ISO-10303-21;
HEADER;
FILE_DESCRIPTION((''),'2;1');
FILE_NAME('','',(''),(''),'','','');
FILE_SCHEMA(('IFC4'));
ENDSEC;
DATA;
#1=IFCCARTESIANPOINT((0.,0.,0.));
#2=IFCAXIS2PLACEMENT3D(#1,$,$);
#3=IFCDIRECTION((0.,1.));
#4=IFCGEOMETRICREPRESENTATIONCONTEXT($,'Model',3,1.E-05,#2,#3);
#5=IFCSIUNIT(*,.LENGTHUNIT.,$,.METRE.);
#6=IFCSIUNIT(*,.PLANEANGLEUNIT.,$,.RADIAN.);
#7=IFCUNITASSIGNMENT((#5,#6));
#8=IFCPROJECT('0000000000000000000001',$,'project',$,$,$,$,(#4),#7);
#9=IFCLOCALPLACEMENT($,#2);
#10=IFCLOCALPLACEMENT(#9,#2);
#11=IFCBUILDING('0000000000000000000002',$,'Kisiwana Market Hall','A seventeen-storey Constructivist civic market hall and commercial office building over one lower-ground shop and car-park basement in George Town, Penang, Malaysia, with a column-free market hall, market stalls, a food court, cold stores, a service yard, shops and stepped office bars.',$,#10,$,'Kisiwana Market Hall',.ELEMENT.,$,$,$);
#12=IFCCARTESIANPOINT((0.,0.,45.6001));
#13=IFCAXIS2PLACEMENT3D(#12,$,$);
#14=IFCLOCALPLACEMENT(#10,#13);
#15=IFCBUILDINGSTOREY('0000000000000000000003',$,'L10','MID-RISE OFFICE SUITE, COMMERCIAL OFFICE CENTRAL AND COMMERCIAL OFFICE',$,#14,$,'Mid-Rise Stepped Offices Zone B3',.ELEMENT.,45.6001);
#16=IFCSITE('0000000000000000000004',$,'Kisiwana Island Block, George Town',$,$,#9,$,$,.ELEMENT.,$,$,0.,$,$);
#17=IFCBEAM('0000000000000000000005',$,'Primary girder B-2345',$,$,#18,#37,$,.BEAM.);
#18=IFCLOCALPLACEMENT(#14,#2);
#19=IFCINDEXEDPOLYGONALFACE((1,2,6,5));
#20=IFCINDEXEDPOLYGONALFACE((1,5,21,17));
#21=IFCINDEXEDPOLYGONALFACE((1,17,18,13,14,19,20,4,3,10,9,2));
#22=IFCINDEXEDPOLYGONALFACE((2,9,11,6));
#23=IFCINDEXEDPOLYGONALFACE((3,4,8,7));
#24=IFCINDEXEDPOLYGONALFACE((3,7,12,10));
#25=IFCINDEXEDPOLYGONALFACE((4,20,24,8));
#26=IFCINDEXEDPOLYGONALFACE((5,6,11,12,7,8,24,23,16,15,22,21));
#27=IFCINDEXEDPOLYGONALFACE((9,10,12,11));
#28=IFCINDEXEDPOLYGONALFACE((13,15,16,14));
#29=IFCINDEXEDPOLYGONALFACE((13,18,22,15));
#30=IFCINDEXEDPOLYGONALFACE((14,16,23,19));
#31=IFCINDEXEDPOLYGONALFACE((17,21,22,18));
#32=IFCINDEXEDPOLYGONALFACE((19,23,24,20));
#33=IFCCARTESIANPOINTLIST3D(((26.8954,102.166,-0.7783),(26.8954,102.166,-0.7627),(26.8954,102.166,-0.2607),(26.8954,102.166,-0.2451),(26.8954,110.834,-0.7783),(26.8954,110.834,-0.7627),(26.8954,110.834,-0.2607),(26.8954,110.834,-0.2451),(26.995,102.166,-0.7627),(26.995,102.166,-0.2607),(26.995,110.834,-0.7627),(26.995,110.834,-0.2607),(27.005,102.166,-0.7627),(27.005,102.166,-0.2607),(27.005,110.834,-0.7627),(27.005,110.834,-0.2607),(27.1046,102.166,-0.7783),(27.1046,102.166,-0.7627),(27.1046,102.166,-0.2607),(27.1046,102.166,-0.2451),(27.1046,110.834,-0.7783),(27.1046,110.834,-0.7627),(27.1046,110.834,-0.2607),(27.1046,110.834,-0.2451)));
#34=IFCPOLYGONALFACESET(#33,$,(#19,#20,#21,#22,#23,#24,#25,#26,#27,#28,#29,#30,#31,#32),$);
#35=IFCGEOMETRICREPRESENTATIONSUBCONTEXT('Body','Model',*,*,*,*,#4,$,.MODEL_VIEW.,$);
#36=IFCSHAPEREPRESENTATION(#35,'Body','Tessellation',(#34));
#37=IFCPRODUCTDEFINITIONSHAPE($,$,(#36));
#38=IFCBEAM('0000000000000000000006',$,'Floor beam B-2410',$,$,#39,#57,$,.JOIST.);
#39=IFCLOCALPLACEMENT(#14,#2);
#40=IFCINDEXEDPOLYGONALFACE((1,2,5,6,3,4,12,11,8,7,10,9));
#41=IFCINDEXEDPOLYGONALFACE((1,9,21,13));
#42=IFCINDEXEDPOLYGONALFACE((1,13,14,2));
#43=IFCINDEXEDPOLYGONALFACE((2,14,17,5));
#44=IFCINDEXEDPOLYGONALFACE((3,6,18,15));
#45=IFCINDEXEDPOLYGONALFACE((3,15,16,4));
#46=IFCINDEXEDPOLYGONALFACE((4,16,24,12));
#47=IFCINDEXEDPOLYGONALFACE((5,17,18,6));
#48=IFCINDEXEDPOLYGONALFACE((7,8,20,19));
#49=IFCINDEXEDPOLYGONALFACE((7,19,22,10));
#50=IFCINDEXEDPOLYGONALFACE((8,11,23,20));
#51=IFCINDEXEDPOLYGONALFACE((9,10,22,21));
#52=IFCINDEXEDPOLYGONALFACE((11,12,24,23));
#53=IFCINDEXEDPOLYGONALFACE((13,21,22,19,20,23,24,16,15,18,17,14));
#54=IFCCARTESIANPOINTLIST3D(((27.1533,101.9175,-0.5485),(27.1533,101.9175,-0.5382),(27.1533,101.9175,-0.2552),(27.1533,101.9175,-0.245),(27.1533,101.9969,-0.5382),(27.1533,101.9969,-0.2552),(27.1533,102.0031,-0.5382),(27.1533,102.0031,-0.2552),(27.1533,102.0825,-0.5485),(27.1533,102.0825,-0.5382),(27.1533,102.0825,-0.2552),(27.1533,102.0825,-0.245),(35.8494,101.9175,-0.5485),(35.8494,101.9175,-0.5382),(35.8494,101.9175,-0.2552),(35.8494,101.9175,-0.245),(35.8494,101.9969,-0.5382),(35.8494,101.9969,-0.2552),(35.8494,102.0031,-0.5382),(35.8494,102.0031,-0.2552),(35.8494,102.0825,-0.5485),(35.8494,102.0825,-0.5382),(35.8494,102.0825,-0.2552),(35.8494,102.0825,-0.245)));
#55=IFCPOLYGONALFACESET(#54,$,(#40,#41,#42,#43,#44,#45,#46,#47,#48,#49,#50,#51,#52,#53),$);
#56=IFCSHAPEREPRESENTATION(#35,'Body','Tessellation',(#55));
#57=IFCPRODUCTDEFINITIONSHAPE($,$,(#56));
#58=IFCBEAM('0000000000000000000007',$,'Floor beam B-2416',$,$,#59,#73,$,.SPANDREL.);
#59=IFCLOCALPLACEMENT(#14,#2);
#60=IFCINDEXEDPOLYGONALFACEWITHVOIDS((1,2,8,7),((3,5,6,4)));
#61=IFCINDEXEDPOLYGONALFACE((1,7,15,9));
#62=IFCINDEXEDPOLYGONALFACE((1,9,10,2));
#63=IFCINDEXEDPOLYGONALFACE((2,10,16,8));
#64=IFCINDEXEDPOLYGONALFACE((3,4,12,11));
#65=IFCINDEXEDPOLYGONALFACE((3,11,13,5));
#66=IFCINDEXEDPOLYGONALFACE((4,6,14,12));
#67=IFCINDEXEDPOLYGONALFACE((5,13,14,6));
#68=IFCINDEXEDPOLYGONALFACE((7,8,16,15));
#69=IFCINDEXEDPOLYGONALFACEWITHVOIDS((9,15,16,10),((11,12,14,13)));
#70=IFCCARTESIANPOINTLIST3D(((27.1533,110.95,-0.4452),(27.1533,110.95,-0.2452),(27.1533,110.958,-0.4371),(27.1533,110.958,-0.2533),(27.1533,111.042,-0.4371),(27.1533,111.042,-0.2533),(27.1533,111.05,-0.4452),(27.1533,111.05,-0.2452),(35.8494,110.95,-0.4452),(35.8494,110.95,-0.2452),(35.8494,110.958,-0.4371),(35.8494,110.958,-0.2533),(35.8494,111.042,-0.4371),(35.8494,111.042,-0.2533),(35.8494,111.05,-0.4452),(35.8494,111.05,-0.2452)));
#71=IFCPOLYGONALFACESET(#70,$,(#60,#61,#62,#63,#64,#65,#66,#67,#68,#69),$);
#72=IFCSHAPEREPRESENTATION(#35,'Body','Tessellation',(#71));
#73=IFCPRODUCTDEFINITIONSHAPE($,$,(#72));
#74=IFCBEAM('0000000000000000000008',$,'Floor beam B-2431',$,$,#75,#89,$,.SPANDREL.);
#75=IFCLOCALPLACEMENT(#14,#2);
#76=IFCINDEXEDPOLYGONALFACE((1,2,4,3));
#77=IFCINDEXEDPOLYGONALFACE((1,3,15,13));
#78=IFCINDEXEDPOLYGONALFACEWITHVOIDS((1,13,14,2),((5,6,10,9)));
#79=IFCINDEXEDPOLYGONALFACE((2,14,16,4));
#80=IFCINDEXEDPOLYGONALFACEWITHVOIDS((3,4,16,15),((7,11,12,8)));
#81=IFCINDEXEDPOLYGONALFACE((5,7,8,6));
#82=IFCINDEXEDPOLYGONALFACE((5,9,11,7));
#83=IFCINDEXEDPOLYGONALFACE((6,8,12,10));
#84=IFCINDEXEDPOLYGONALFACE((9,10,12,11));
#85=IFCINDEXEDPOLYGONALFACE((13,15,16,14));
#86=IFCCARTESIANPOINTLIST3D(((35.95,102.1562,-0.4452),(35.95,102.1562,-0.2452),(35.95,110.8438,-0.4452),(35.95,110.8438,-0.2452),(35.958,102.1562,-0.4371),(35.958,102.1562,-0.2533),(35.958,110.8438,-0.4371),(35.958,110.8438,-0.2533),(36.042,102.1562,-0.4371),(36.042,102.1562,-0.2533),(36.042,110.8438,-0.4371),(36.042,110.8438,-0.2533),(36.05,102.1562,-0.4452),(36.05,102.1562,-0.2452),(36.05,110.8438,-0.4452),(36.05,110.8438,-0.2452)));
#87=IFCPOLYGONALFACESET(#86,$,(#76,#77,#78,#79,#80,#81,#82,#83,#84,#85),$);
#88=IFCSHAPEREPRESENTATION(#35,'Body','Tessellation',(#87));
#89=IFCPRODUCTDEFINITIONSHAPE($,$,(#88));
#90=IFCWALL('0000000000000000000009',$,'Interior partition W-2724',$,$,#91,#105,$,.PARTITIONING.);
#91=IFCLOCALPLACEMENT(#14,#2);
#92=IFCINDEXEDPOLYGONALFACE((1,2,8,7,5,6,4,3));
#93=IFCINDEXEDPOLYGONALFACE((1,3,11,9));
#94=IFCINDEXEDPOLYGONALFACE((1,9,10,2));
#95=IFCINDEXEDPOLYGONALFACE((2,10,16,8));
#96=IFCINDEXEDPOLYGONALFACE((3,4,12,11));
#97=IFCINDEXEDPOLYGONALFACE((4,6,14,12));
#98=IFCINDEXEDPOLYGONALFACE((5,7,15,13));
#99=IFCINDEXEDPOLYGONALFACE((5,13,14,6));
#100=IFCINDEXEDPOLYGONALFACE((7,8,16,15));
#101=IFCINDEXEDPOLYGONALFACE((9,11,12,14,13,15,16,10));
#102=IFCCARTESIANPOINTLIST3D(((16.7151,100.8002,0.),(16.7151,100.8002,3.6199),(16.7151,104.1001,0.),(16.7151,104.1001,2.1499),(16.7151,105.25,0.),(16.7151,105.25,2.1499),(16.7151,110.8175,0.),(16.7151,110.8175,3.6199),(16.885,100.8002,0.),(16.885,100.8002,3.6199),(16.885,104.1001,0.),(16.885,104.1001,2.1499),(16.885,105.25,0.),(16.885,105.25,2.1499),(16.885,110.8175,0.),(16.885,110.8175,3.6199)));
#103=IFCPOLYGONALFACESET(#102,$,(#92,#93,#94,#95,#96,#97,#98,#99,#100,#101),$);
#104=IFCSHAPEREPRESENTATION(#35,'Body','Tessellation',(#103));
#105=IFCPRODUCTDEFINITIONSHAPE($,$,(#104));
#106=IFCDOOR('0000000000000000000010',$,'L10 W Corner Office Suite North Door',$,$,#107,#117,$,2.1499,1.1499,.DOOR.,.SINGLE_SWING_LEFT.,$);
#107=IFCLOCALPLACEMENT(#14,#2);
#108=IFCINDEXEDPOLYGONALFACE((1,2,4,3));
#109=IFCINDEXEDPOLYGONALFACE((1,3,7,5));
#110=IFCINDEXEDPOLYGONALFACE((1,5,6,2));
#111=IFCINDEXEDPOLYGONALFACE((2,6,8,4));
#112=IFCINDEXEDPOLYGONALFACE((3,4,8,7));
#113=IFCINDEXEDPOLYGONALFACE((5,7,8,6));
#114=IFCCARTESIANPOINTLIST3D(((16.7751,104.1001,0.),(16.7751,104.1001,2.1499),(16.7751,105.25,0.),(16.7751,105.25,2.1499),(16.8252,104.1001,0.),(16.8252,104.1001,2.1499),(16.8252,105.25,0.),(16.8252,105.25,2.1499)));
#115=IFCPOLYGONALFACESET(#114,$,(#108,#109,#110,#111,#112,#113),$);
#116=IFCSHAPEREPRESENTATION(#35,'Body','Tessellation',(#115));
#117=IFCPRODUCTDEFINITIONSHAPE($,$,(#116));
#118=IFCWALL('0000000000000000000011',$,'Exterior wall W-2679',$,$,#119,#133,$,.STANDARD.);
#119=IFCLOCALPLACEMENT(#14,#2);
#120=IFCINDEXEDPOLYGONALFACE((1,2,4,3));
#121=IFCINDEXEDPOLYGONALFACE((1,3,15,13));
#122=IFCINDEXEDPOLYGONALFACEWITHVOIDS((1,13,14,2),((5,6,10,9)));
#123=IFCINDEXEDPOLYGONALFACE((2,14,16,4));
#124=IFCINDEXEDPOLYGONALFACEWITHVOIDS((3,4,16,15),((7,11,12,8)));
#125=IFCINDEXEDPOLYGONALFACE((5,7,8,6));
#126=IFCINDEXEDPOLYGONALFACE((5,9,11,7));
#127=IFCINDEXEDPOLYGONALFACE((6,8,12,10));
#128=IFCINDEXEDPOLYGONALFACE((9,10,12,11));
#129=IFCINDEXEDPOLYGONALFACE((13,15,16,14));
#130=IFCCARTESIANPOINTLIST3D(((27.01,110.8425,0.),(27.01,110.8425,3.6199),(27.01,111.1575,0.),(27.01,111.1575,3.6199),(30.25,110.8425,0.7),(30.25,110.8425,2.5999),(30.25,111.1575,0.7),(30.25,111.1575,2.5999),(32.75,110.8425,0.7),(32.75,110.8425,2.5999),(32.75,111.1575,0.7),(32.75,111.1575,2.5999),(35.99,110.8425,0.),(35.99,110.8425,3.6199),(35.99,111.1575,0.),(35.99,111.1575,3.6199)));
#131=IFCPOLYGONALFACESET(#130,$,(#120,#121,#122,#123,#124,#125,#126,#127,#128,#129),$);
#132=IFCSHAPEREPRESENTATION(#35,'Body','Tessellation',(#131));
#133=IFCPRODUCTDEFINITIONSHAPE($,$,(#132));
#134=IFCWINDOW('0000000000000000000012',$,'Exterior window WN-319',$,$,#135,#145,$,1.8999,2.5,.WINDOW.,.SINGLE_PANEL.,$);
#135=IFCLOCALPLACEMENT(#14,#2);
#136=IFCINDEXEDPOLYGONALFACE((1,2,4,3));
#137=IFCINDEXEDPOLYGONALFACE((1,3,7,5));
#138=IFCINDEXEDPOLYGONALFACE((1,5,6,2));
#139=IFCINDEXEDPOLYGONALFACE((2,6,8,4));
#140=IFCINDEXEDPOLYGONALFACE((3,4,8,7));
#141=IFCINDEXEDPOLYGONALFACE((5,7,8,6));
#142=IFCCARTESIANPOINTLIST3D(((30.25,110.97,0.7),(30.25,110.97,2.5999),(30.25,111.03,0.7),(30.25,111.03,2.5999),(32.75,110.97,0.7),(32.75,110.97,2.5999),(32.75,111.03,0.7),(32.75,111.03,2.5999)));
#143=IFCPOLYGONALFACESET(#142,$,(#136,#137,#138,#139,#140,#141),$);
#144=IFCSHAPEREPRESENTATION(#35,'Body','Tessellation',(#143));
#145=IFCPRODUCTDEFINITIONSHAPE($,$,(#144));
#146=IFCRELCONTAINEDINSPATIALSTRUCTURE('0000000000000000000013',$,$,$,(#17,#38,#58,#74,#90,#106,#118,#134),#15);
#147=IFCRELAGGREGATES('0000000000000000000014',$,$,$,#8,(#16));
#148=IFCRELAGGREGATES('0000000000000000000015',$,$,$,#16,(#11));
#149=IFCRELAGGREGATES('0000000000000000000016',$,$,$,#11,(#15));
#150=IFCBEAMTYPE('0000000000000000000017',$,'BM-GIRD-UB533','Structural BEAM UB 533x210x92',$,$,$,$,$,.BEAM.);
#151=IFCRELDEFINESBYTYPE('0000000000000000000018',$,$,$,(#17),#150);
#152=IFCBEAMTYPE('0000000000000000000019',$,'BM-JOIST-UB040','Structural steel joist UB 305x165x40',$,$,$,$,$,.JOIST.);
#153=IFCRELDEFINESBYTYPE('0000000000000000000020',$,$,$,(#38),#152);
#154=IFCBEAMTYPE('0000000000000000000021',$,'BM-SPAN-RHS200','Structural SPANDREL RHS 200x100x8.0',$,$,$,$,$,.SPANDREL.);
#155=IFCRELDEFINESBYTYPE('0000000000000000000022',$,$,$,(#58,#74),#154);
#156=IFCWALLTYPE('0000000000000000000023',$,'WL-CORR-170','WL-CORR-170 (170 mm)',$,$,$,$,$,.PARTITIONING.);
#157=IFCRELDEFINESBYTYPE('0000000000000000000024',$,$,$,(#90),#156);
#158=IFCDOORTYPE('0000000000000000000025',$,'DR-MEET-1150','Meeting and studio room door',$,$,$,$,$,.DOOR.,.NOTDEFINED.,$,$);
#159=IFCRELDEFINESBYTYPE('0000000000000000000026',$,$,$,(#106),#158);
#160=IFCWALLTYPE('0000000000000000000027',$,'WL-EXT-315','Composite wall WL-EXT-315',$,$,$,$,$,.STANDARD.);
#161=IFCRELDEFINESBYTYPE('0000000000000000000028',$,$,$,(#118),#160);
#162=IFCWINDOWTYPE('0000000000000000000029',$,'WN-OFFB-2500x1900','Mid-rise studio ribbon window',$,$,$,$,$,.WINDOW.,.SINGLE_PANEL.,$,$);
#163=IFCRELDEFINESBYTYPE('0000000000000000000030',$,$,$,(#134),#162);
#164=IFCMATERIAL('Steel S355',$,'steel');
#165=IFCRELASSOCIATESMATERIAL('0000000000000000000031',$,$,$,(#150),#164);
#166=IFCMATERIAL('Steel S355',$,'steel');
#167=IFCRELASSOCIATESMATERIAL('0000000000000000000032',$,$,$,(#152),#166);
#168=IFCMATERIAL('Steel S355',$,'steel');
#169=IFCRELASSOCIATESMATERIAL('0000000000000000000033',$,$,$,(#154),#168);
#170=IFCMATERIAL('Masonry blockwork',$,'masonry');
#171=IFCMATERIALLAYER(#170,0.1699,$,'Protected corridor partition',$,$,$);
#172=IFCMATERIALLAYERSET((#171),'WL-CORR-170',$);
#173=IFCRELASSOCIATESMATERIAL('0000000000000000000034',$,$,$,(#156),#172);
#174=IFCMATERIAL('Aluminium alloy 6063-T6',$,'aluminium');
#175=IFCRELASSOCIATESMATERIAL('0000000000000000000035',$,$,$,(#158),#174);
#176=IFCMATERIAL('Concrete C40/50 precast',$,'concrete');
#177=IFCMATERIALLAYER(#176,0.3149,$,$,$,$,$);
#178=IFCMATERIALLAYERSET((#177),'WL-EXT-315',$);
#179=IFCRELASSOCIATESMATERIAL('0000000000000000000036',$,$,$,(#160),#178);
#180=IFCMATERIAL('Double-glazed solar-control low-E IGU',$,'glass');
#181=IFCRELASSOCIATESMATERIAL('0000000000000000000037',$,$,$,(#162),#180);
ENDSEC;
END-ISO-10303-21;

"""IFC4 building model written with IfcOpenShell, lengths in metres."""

from ifc_helpers import new_model, si_unit, direction, frame, frame_2d, origin, origin_2d, place, context, subcontext, project, spatial, rectangle, hollow_rectangle, i_section, extrude, material, layer, layer_set, material_profile, profile_set, type_object, element, fill, save


model = new_model("IFC4")

# Units and contexts
model_context = context("Model", 3, precision=1e-05, world=origin(), true_north=direction((0.0, 1.0)))
body_context = subcontext(model_context, "Body", "Model", "MODEL_VIEW")
ifc_project = project(units=[si_unit("LENGTHUNIT", "METRE"), si_unit("PLANEANGLEUNIT", "RADIAN")], contexts=[model_context])

# Site, building, storey
site_placement = place(None, origin())
site = spatial("IfcSite", under=ifc_project, at=site_placement, Name="Kisiwana Island Block, George Town", CompositionType="ELEMENT", RefElevation=0.0)
building_placement = place(site_placement, origin())
building = spatial("IfcBuilding", under=site, at=building_placement, Name="Kisiwana Market Hall", Description="A seventeen-storey Constructivist civic market hall and commercial office building over one lower-ground shop and car-park basement in George Town, Penang, Malaysia, with a column-free market hall, market stalls, a food court, cold stores, a service yard, shops and stepped office bars.", LongName="Kisiwana Market Hall", CompositionType="ELEMENT")
storey_placement = place(building_placement, frame((0.0, 0.0, 45.6001)))
storey = spatial("IfcBuildingStorey", under=building, at=storey_placement, Name="L10", Description="MID-RISE OFFICE SUITE, COMMERCIAL OFFICE CENTRAL AND COMMERCIAL OFFICE", LongName="Mid-Rise Stepped Offices Zone B3", CompositionType="ELEMENT", Elevation=45.6001)

# Beams
ifc_material_1 = material(Name="Steel S355", Category="steel")
ifc_material_profile_1 = material_profile(ifc_material_1, i_section(OverallWidth=0.2092, OverallDepth=0.5332, WebThickness=0.01, FlangeThickness=0.0156, at=origin_2d()), Name="UB 533x210x92")
ifc_profile_set_1 = profile_set([ifc_material_profile_1], Name="Steel S355")
beam_type_1 = type_object("IfcBeamType", Name="BM-GIRD-UB533", Description="Structural BEAM UB 533x210x92", PredefinedType="BEAM", material=ifc_profile_set_1)
beam_1_placement = place(storey_placement, frame((27.0, 102.166, -0.5117), z_axis=(0.0, 1.0, 0.0), x_axis=(-1.0, 0.0, 0.0)))
element("IfcBeam", 1, at=beam_1_placement, inside=storey, type_object=beam_type_1, Name="Primary girder B-2345", PredefinedType="BEAM", context=body_context, shape_type="SweptSolid", body=[
    extrude(i_section(OverallWidth=0.2092, OverallDepth=0.5332, WebThickness=0.01, FlangeThickness=0.0156, at=origin_2d()), origin(), (0.0, 0.0, 1.0), 8.668),
])
ifc_material_2 = material(Name="Steel S355", Category="steel")
ifc_material_profile_2 = material_profile(ifc_material_2, i_section(OverallWidth=0.165, OverallDepth=0.3035, WebThickness=0.0061, FlangeThickness=0.0103, at=origin_2d()), Name="UB 305x165x40")
ifc_profile_set_2 = profile_set([ifc_material_profile_2], Name="Steel S355")
beam_type_2 = type_object("IfcBeamType", Name="BM-JOIST-UB040", Description="Structural steel joist UB 305x165x40", PredefinedType="JOIST", material=ifc_profile_set_2)
beam_2_placement = place(storey_placement, frame((27.1533, 102.0, -0.3967), z_axis=(1.0, 0.0, 0.0), x_axis=(0.0, 1.0, 0.0)))
element("IfcBeam", 2, at=beam_2_placement, inside=storey, type_object=beam_type_2, Name="Floor beam B-2410", PredefinedType="JOIST", context=body_context, shape_type="SweptSolid", body=[
    extrude(i_section(OverallWidth=0.165, OverallDepth=0.3035, WebThickness=0.0061, FlangeThickness=0.0103, at=origin_2d()), origin(), (0.0, 0.0, 1.0), 8.696),
])
ifc_material_3 = material(Name="Steel S355", Category="steel")
ifc_material_profile_3 = material_profile(ifc_material_3, hollow_rectangle(XDim=0.1001, YDim=0.2, WallThickness=0.0081, at=origin_2d()), Name="RHS 200x100x8.0")
ifc_profile_set_3 = profile_set([ifc_material_profile_3], Name="Steel S355")
beam_type_3 = type_object("IfcBeamType", Name="BM-SPAN-RHS200", Description="Structural SPANDREL RHS 200x100x8.0", PredefinedType="SPANDREL", material=ifc_profile_set_3)
beam_3_placement = place(storey_placement, frame((27.1533, 111.0, -0.3452), z_axis=(1.0, 0.0, 0.0), x_axis=(0.0, 1.0, 0.0)))
element("IfcBeam", 3, at=beam_3_placement, inside=storey, type_object=beam_type_3, Name="Floor beam B-2416", PredefinedType="SPANDREL", context=body_context, shape_type="SweptSolid", body=[
    extrude(hollow_rectangle(XDim=0.1001, YDim=0.2, WallThickness=0.0081, at=origin_2d()), origin(), (0.0, 0.0, 1.0), 8.696),
])
beam_4_placement = place(storey_placement, frame((36.0, 102.1562, -0.3452), z_axis=(0.0, 1.0, 0.0), x_axis=(-1.0, 0.0, 0.0)))
element("IfcBeam", 4, at=beam_4_placement, inside=storey, type_object=beam_type_3, Name="Floor beam B-2431", PredefinedType="SPANDREL", context=body_context, shape_type="SweptSolid", body=[
    extrude(hollow_rectangle(XDim=0.1001, YDim=0.2, WallThickness=0.0081, at=origin_2d()), origin(), (0.0, 0.0, 1.0), 8.6875),
])

# Wall, opening, door
ifc_material_4 = material(Name="Masonry blockwork", Category="masonry")
ifc_layer_1 = layer(ifc_material_4, 0.1699, Name="Protected corridor partition")
ifc_layer_set_1 = layer_set([ifc_layer_1], Name="WL-CORR-170")
wall_type_1 = type_object("IfcWallType", Name="WL-CORR-170", Description="WL-CORR-170 (170 mm)", PredefinedType="PARTITIONING", material=ifc_layer_set_1)
wall_1_placement = place(storey_placement, frame((16.8, 100.8, 0.0), z_axis=(0.0, 0.0, 1.0), x_axis=(0.0, 1.0, 0.0)))
wall_1 = element("IfcWall", 5, at=wall_1_placement, inside=storey, type_object=wall_type_1, Name="Interior partition W-2724", PredefinedType="PARTITIONING", context=body_context, shape_type="SweptSolid", body=[
    extrude(rectangle(XDim=10.0173, YDim=0.1699, at=frame_2d((5.0088, 0.0))), origin(), (0.0, 0.0, 1.0), 3.6199),
])
opening_1_placement = place(wall_1_placement, frame((3.3, 0.0, 0.0)))
opening_1 = element("IfcOpeningElement", 6, at=opening_1_placement, cuts=wall_1, PredefinedType="OPENING", context=body_context, shape_type="SweptSolid", body=[
    extrude(rectangle(XDim=1.1499, YDim=2.1499, at=frame_2d((0.575, 1.075))), frame((0.0, 0.0969, 0.0), z_axis=(0.0, -1.0, 0.0), x_axis=(1.0, 0.0, 0.0)), (0.0, 0.0, 1.0), 0.1938),
])
ifc_material_5 = material(Name="Aluminium alloy 6063-T6", Category="aluminium")
door_type = type_object("IfcDoorType", Name="DR-MEET-1150", Description="Meeting and studio room door", OperationType="NOTDEFINED", PredefinedType="DOOR", material=ifc_material_5)
door_placement = place(opening_1_placement, origin())
door = element("IfcDoor", 7, at=door_placement, inside=storey, type_object=door_type, Name="L10 W Corner Office Suite North Door", OperationType="SINGLE_SWING_LEFT", OverallHeight=2.1499, OverallWidth=1.1499, PredefinedType="DOOR", context=body_context, shape_type="SweptSolid", body=[
    extrude(rectangle(XDim=1.1499, YDim=2.1499, at=frame_2d((0.575, 1.075))), frame((0.0, 0.0249, 0.0), z_axis=(0.0, -1.0, 0.0), x_axis=(1.0, 0.0, 0.0)), (0.0, 0.0, 1.0), 0.05),
])
fill(opening_1, door)

# Wall, opening, window
ifc_material_6 = material(Name="Concrete C40/50 precast", Category="concrete")
ifc_layer_2 = layer(ifc_material_6, 0.3149)
ifc_layer_set_2 = layer_set([ifc_layer_2], Name="WL-EXT-315")
wall_type_2 = type_object("IfcWallType", Name="WL-EXT-315", Description="Composite wall WL-EXT-315", PredefinedType="STANDARD", material=ifc_layer_set_2)
wall_2_placement = place(storey_placement, frame((27.01, 111.0, 0.0), z_axis=(0.0, 0.0, 1.0), x_axis=(1.0, 0.0, 0.0)))
wall_2 = element("IfcWall", 8, at=wall_2_placement, inside=storey, type_object=wall_type_2, Name="Exterior wall W-2679", PredefinedType="STANDARD", context=body_context, shape_type="SweptSolid", body=[
    extrude(rectangle(XDim=8.98, YDim=0.3149, at=frame_2d((4.49, 0.0))), origin(), (0.0, 0.0, 1.0), 3.6199),
])
opening_2_placement = place(wall_2_placement, frame((3.24, 0.0, 0.7)))
opening_2 = element("IfcOpeningElement", 9, at=opening_2_placement, cuts=wall_2, PredefinedType="OPENING", context=body_context, shape_type="SweptSolid", body=[
    extrude(rectangle(XDim=2.5, YDim=1.8999, at=frame_2d((1.25, 0.95))), frame((0.0, 0.1694, 0.0), z_axis=(0.0, -1.0, 0.0), x_axis=(1.0, 0.0, 0.0)), (0.0, 0.0, 1.0), 0.3389),
])
ifc_material_7 = material(Name="Double-glazed solar-control low-E IGU", Category="glass")
window_type = type_object("IfcWindowType", Name="WN-OFFB-2500x1900", Description="Mid-rise studio ribbon window", PartitioningType="SINGLE_PANEL", PredefinedType="WINDOW", material=ifc_material_7)
window_placement = place(opening_2_placement, origin())
window = element("IfcWindow", 10, at=window_placement, inside=storey, type_object=window_type, Name="Exterior window WN-319", OverallHeight=1.8999, OverallWidth=2.5, PartitioningType="SINGLE_PANEL", PredefinedType="WINDOW", context=body_context, shape_type="SweptSolid", body=[
    extrude(rectangle(XDim=2.5, YDim=1.8999, at=frame_2d((1.25, 0.95))), frame((0.0, 0.03, 0.0), z_axis=(0.0, -1.0, 0.0), x_axis=(1.0, 0.0, 0.0)), (0.0, 0.0, 1.0), 0.0601),
])
fill(opening_2, window)

save(model, "model.ifc")
